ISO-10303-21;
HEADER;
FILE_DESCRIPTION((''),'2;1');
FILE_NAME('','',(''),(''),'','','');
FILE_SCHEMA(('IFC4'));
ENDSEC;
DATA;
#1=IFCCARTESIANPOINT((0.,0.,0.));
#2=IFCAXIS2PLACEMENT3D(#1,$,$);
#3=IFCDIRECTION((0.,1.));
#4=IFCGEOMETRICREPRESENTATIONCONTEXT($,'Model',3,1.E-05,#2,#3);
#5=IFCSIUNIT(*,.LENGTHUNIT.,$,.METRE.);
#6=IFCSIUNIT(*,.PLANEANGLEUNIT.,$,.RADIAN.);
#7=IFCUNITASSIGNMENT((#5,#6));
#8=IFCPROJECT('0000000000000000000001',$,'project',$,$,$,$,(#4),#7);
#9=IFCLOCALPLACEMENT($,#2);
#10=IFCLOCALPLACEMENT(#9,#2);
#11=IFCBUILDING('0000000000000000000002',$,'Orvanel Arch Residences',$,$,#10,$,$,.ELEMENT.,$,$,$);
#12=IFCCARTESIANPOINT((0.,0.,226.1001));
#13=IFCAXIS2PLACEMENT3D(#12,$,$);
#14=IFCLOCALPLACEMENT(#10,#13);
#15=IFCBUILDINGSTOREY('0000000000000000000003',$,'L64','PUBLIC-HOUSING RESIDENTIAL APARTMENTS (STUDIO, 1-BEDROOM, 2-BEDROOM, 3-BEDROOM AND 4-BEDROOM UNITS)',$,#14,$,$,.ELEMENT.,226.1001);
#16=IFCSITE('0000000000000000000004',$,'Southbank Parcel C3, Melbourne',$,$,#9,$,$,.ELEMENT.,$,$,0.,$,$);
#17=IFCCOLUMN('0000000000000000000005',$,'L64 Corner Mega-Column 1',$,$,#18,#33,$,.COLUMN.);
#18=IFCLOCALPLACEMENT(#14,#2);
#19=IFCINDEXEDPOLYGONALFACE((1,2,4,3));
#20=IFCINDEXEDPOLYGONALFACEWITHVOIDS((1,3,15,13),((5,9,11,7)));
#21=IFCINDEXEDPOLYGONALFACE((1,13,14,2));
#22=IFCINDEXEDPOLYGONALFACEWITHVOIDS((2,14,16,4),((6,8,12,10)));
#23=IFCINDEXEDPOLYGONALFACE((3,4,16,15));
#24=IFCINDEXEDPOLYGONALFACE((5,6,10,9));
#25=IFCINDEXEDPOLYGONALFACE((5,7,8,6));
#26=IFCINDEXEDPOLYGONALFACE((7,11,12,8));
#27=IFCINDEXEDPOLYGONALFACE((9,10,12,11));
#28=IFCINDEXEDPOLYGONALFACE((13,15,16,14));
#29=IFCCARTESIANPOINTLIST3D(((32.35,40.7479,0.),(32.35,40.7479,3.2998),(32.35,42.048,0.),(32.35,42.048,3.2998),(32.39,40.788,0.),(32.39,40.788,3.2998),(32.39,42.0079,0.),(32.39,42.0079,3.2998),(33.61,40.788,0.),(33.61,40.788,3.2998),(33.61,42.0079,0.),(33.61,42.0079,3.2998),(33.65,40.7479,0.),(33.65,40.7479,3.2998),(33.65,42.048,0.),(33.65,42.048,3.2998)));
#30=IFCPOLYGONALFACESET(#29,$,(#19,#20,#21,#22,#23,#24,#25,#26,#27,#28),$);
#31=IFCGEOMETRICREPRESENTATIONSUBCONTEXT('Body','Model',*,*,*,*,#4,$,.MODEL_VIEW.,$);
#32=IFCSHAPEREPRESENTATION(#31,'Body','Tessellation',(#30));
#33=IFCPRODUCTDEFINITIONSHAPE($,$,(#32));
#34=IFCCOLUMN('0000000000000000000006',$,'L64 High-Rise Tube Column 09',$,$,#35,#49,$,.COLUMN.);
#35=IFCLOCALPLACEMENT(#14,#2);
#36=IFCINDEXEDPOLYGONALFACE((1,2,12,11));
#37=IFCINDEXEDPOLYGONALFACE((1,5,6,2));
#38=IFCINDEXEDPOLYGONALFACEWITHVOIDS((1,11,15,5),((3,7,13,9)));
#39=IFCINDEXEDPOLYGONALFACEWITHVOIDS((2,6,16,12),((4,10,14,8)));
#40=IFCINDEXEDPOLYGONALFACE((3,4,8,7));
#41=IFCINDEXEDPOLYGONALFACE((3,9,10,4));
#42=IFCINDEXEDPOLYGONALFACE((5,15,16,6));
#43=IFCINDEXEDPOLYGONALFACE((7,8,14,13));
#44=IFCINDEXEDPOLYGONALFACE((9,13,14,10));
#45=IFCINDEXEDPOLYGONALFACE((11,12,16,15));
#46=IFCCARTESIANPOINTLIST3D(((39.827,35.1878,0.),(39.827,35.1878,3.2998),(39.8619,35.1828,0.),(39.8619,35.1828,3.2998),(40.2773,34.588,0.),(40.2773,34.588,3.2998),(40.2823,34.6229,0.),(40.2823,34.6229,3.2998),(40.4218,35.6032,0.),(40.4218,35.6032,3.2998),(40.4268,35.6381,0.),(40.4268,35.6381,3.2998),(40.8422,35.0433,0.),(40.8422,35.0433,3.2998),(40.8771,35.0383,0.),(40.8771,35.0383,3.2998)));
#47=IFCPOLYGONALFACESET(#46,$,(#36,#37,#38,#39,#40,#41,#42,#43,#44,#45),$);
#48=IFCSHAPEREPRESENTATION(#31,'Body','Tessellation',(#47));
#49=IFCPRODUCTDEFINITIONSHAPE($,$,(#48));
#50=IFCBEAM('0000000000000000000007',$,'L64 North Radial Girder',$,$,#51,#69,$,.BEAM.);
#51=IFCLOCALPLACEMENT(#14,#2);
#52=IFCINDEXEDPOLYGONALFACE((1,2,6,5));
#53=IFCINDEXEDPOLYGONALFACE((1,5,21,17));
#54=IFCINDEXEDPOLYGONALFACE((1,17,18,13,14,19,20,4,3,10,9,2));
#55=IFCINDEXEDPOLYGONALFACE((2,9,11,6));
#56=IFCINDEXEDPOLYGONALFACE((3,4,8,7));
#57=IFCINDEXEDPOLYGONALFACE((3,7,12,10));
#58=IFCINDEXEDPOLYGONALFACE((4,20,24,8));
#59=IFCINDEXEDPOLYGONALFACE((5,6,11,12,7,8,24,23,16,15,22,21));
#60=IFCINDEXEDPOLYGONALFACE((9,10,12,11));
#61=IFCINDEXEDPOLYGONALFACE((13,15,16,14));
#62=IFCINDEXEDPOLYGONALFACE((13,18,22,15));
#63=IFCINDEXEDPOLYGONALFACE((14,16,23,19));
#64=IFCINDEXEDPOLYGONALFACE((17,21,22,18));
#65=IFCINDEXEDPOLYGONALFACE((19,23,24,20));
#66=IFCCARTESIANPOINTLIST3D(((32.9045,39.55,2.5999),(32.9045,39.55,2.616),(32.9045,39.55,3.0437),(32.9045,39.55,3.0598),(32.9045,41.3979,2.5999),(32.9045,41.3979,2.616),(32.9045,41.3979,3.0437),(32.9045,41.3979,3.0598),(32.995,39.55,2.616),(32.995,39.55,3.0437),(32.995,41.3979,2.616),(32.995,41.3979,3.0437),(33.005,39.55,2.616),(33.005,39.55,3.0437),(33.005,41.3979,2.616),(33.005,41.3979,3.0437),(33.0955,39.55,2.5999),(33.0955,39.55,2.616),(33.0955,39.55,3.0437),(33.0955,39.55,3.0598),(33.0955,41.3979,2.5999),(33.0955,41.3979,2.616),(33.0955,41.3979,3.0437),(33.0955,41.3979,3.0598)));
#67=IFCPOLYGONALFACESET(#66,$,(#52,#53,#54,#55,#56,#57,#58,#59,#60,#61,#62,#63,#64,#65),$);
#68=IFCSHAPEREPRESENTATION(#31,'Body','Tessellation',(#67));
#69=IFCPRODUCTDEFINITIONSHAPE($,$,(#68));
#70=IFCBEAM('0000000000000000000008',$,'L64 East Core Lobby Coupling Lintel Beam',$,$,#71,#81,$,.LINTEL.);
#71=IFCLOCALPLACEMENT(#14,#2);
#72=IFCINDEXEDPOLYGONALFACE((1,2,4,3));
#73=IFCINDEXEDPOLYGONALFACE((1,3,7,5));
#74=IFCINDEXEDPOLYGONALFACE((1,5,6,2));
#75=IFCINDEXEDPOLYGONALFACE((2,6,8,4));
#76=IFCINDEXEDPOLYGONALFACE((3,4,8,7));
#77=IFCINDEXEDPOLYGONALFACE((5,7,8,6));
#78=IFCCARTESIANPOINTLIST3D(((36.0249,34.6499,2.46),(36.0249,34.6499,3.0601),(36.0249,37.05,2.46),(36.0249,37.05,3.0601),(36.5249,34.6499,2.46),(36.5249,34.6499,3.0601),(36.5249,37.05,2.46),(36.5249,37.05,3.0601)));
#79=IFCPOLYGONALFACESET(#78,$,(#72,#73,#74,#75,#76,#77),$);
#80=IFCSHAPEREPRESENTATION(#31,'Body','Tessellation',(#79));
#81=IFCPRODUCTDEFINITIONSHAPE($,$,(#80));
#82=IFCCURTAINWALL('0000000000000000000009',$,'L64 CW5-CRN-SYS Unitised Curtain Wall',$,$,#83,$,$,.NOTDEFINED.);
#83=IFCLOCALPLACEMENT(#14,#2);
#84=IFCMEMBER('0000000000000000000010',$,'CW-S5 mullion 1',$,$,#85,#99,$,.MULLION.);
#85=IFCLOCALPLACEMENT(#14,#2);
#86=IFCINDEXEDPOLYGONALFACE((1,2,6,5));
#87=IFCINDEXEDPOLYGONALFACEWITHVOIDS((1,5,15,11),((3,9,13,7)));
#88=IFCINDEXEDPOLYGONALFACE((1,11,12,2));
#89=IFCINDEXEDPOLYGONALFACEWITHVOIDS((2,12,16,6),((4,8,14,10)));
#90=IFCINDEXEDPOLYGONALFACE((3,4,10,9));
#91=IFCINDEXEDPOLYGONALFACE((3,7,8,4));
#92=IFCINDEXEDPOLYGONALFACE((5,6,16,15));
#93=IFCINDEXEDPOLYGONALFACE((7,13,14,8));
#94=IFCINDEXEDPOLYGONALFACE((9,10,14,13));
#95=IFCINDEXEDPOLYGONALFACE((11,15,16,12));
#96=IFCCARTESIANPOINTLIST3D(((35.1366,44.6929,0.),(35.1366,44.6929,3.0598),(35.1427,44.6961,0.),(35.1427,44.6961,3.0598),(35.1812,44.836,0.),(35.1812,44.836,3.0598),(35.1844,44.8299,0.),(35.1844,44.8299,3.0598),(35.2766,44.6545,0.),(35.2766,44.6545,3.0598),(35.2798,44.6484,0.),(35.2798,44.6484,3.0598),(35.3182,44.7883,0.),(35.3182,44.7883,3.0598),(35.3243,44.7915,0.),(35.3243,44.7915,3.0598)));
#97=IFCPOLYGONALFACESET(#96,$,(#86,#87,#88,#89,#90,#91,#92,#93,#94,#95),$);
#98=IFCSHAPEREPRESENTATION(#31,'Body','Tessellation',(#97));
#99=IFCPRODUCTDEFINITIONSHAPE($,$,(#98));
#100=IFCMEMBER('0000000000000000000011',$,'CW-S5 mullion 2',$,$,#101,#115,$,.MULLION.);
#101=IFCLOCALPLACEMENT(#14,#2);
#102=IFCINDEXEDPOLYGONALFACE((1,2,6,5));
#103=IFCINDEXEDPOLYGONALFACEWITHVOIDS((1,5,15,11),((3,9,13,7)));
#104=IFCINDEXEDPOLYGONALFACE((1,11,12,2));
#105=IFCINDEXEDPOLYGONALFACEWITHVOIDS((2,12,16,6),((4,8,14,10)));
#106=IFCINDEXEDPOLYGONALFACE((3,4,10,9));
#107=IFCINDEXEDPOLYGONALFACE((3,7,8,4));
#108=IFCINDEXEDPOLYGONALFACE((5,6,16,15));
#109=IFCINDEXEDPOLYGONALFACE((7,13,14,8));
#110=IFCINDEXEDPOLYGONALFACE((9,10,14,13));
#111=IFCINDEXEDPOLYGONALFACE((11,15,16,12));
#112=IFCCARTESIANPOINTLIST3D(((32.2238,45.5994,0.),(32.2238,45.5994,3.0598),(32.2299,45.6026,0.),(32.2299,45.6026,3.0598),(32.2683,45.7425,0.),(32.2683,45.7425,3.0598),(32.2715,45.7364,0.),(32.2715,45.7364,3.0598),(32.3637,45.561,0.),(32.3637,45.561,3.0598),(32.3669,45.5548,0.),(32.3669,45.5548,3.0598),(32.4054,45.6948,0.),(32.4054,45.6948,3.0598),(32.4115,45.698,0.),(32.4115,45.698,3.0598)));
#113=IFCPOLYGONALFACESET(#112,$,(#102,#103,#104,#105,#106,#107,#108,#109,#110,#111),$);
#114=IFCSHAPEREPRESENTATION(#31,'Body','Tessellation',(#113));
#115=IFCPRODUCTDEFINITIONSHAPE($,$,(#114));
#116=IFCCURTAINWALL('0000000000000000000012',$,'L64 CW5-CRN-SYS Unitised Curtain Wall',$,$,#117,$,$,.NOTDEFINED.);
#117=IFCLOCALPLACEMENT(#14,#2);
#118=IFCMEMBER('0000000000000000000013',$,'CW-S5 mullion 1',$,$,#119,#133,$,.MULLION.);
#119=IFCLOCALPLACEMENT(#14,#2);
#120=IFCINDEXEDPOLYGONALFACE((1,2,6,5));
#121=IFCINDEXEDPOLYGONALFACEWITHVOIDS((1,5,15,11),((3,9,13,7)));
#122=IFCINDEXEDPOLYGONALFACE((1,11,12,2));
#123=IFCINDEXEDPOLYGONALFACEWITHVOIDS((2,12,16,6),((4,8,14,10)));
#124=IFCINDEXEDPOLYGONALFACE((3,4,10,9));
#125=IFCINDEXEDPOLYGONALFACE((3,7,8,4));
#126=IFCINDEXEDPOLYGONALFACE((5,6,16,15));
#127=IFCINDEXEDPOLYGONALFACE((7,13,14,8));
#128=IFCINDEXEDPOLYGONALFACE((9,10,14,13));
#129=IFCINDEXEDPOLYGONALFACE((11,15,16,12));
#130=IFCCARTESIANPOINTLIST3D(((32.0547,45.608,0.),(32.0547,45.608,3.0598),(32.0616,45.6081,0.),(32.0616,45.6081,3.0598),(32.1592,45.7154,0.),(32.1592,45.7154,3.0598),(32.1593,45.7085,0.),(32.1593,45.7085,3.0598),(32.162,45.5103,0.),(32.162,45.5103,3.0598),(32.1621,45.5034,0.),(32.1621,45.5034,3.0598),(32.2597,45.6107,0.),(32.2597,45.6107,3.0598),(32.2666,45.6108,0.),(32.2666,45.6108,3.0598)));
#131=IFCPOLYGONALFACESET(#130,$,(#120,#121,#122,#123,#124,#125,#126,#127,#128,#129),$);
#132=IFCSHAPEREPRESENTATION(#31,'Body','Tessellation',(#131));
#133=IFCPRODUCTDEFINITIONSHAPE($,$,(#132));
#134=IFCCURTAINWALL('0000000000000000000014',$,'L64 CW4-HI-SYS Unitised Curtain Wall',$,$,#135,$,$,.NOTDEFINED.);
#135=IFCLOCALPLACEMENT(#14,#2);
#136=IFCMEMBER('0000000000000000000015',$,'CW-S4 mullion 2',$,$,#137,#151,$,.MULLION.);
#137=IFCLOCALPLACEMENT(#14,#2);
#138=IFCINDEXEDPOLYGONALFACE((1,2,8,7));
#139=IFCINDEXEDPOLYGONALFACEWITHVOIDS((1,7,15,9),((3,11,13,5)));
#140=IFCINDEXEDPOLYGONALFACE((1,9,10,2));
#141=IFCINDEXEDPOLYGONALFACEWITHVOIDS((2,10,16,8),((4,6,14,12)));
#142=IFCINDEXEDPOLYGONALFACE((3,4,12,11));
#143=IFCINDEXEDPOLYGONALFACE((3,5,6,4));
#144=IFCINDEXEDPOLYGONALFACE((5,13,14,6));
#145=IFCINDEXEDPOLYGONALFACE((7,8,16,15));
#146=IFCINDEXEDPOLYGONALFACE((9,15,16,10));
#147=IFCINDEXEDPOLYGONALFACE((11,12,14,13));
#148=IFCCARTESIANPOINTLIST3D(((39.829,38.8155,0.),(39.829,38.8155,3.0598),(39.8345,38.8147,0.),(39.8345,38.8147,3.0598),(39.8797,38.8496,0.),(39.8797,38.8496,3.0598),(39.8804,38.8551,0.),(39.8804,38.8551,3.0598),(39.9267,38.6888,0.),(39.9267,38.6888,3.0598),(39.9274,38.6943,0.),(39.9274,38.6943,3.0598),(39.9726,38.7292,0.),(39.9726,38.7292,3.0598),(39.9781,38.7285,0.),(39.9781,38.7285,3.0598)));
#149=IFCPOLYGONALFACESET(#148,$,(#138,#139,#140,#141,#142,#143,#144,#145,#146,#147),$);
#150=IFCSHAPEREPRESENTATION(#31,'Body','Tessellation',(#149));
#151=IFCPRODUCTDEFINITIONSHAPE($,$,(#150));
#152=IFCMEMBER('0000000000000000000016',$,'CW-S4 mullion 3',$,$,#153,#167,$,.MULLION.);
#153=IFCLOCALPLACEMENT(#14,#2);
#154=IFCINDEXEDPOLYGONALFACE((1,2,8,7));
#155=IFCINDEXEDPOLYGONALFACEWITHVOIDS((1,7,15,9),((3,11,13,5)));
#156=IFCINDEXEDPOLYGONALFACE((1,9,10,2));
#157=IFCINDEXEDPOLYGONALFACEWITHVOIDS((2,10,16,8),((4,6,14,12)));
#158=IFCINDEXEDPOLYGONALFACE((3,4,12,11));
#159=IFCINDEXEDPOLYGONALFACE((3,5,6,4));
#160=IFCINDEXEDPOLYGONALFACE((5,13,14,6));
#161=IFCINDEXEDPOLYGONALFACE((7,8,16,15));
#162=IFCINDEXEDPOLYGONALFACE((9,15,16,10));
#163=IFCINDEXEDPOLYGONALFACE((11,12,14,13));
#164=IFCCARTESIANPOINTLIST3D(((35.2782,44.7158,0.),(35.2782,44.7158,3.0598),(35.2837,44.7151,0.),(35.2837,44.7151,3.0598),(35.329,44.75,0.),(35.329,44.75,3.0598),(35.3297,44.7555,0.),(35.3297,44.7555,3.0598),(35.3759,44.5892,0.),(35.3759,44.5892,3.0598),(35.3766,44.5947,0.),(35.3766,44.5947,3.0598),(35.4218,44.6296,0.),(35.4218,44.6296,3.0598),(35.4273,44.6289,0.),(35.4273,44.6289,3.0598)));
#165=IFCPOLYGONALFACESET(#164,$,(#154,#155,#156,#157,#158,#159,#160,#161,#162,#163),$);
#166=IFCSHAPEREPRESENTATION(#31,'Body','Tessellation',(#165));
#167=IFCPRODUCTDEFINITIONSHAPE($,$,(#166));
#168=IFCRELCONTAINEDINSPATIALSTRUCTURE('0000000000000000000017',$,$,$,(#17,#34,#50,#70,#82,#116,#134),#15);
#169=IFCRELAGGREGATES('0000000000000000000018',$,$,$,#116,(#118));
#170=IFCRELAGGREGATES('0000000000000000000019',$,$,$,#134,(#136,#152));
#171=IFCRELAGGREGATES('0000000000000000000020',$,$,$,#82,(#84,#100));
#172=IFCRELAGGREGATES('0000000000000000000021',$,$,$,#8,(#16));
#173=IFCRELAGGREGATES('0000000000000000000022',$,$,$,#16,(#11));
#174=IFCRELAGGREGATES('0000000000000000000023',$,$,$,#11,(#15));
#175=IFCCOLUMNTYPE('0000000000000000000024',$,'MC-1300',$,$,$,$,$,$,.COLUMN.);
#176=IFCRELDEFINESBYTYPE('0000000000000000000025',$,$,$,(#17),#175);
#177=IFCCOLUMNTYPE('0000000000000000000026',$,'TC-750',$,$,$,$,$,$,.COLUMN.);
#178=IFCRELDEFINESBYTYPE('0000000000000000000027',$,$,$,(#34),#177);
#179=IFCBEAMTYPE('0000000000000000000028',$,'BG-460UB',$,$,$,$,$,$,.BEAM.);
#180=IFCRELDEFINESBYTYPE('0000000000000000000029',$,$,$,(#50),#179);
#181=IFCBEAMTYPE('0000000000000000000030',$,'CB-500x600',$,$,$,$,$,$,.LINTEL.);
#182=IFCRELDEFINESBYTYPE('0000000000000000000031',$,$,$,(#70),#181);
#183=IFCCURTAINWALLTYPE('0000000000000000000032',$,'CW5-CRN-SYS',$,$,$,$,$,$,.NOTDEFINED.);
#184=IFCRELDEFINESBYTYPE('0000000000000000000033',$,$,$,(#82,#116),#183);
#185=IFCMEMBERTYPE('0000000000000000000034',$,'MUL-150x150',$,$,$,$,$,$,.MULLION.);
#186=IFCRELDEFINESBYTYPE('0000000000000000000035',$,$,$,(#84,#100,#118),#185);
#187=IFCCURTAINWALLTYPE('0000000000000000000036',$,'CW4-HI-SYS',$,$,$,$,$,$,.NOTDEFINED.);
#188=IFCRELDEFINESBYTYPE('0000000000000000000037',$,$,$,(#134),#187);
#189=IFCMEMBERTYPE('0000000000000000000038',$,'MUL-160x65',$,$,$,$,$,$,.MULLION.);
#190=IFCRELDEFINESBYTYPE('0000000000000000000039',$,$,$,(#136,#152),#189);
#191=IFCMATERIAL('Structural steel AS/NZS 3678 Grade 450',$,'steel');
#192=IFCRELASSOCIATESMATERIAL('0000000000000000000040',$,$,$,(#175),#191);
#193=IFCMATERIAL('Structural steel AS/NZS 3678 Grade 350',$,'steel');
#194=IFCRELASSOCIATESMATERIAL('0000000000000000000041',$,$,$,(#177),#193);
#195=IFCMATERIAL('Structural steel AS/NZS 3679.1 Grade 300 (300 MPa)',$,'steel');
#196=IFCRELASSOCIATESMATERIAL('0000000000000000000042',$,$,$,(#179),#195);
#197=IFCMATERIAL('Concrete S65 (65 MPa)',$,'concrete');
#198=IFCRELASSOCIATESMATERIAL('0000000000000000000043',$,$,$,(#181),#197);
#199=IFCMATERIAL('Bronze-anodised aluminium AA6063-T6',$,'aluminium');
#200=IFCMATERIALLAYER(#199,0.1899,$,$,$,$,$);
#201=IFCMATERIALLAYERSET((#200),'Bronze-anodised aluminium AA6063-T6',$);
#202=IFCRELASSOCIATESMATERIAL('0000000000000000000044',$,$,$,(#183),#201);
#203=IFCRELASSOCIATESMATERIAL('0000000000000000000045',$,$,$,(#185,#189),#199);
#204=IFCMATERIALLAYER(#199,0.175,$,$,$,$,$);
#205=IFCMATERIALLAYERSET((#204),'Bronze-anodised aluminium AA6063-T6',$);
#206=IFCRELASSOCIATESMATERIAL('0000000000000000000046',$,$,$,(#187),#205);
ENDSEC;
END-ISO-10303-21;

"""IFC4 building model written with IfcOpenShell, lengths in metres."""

from ifc_helpers import new_model, si_unit, direction, frame, origin, origin_2d, place, context, subcontext, project, spatial, rectangle, hollow_rectangle, i_section, extrude, material, layer, layer_set, material_profile, profile_set, type_object, element, aggregate, save


model = new_model("IFC4")

# Units and contexts
model_context = context("Model", 3, precision=1e-05, world=origin(), true_north=direction((0.0, 1.0)))
body_context = subcontext(model_context, "Body", "Model", "MODEL_VIEW")
ifc_project = project(units=[si_unit("LENGTHUNIT", "METRE"), si_unit("PLANEANGLEUNIT", "RADIAN")], contexts=[model_context])

# Site, building, storey
site_placement = place(None, origin())
site = spatial("IfcSite", under=ifc_project, at=site_placement, Name="Southbank Parcel C3, Melbourne", CompositionType="ELEMENT", RefElevation=0.0)
building_placement = place(site_placement, origin())
building = spatial("IfcBuilding", under=site, at=building_placement, Name="Orvanel Arch Residences", CompositionType="ELEMENT")
storey_placement = place(building_placement, frame((0.0, 0.0, 226.1001)))
storey = spatial("IfcBuildingStorey", under=building, at=storey_placement, Name="L64", Description="PUBLIC-HOUSING RESIDENTIAL APARTMENTS (STUDIO, 1-BEDROOM, 2-BEDROOM, 3-BEDROOM AND 4-BEDROOM UNITS)", CompositionType="ELEMENT", Elevation=226.1001)

# Columns
ifc_material_1 = material(Name="Structural steel AS/NZS 3678 Grade 450", Category="steel")
ifc_material_profile_1 = material_profile(ifc_material_1, hollow_rectangle(XDim=1.3, YDim=1.3, WallThickness=0.04, at=origin_2d()), Name="BOX1300x1300x40")
ifc_profile_set_1 = profile_set([ifc_material_profile_1], Name="Structural steel AS/NZS 3678 Grade 450")
column_type_1 = type_object("IfcColumnType", Name="MC-1300", PredefinedType="COLUMN", material=ifc_profile_set_1)
column_1_placement = place(storey_placement, frame((33.0, 41.3979, 0.0), z_axis=(0.0, 0.0, 1.0), x_axis=(1.0, 0.0, 0.0)))
element("IfcColumn", 1, at=column_1_placement, inside=storey, type_object=column_type_1, Name="L64 Corner Mega-Column 1", PredefinedType="COLUMN", context=body_context, shape_type="SweptSolid", body=[
    extrude(hollow_rectangle(XDim=1.3, YDim=1.3, WallThickness=0.04, at=origin_2d()), origin(), (0.0, 0.0, 1.0), 3.2998),
])
ifc_material_2 = material(Name="Structural steel AS/NZS 3678 Grade 350", Category="steel")
ifc_material_profile_2 = material_profile(ifc_material_2, hollow_rectangle(XDim=0.75, YDim=0.75, WallThickness=0.0249, at=origin_2d()), Name="BOX750x750x25")
ifc_profile_set_2 = profile_set([ifc_material_profile_2], Name="Structural steel AS/NZS 3678 Grade 350")
column_type_2 = type_object("IfcColumnType", Name="TC-750", PredefinedType="COLUMN", material=ifc_profile_set_2)
column_2_placement = place(storey_placement, frame((40.3521, 35.113, 0.0), z_axis=(0.0, 0.0, 1.0), x_axis=(-0.60042, 0.799685, 0.0)))
element("IfcColumn", 2, at=column_2_placement, inside=storey, type_object=column_type_2, Name="L64 High-Rise Tube Column 09", PredefinedType="COLUMN", context=body_context, shape_type="SweptSolid", body=[
    extrude(hollow_rectangle(XDim=0.75, YDim=0.75, WallThickness=0.0249, at=origin_2d()), origin(), (0.0, 0.0, 1.0), 3.2998),
])

# Beams
ifc_material_3 = material(Name="Structural steel AS/NZS 3679.1 Grade 300 (300 MPa)", Category="steel")
ifc_material_profile_3 = material_profile(ifc_material_3, i_section(OverallWidth=0.1909, OverallDepth=0.46, WebThickness=0.01, FlangeThickness=0.0161, at=origin_2d()), Name="460UB82.1")
ifc_profile_set_3 = profile_set([ifc_material_profile_3], Name="Structural steel AS/NZS 3679.1 Grade 300 (300 MPa)")
beam_type_1 = type_object("IfcBeamType", Name="BG-460UB", PredefinedType="BEAM", material=ifc_profile_set_3)
beam_1_placement = place(storey_placement, frame((33.0, 39.55, 2.8298), z_axis=(0.0, 1.0, 0.0), x_axis=(-1.0, 0.0, 0.0)))
element("IfcBeam", 3, at=beam_1_placement, inside=storey, type_object=beam_type_1, Name="L64 North Radial Girder", PredefinedType="BEAM", context=body_context, shape_type="SweptSolid", body=[
    extrude(i_section(OverallWidth=0.1909, OverallDepth=0.46, WebThickness=0.01, FlangeThickness=0.0161, at=origin_2d()), origin(), (0.0, 0.0, 1.0), 1.8479),
])
ifc_material_4 = material(Name="Concrete S65 (65 MPa)", Category="concrete")
ifc_material_profile_4 = material_profile(ifc_material_4, rectangle(XDim=0.5, YDim=0.6001, at=origin_2d()), Name="RC500x600")
ifc_profile_set_4 = profile_set([ifc_material_profile_4], Name="Concrete S65 (65 MPa)")
beam_type_2 = type_object("IfcBeamType", Name="CB-500x600", PredefinedType="LINTEL", material=ifc_profile_set_4)
beam_2_placement = place(storey_placement, frame((36.2749, 34.6499, 2.76), z_axis=(0.0, 1.0, 0.0), x_axis=(-1.0, 0.0, 0.0)))
element("IfcBeam", 4, at=beam_2_placement, inside=storey, type_object=beam_type_2, Name="L64 East Core Lobby Coupling Lintel Beam", PredefinedType="LINTEL", context=body_context, shape_type="SweptSolid", body=[
    extrude(rectangle(XDim=0.5, YDim=0.6001, at=origin_2d()), origin(), (0.0, 0.0, 1.0), 2.4001),
])

# Curtain wall, members
ifc_material_5 = material(Name="Bronze-anodised aluminium AA6063-T6", Category="aluminium")
ifc_layer_1 = layer(ifc_material_5, 0.1899)
ifc_layer_set_1 = layer_set([ifc_layer_1], Name="Bronze-anodised aluminium AA6063-T6")
curtain_wall_type_1 = type_object("IfcCurtainWallType", Name="CW5-CRN-SYS", PredefinedType="NOTDEFINED", material=ifc_layer_set_1)
curtain_wall_1_placement = place(storey_placement, origin())
curtain_wall_1 = element("IfcCurtainWall", 5, at=curtain_wall_1_placement, inside=storey, type_object=curtain_wall_type_1, Name="L64 CW5-CRN-SYS Unitised Curtain Wall", PredefinedType="NOTDEFINED")
ifc_material_profile_5 = material_profile(ifc_material_5, hollow_rectangle(XDim=0.1499, YDim=0.1499, WallThickness=0.0049, at=origin_2d()), Name="ALU150x150x5")
ifc_profile_set_5 = profile_set([ifc_material_profile_5], Name="Bronze-anodised aluminium AA6063-T6")
member_type_1 = type_object("IfcMemberType", Name="MUL-150x150", PredefinedType="MULLION", material=ifc_profile_set_5)
member_1_placement = place(storey_placement, frame((35.2305, 44.7422, 0.0), z_axis=(0.0, 0.0, 1.0), x_axis=(-0.297136, -0.954835, 0.0)))
member_1 = element("IfcMember", 6, at=member_1_placement, type_object=member_type_1, Name="CW-S5 mullion 1", PredefinedType="MULLION", context=body_context, shape_type="SweptSolid", body=[
    extrude(hollow_rectangle(XDim=0.1499, YDim=0.1499, WallThickness=0.0049, at=origin_2d()), origin(), (0.0, 0.0, 1.0), 3.0598),
])
member_2_placement = place(storey_placement, frame((32.3176, 45.6487, 0.0), z_axis=(0.0, 0.0, 1.0), x_axis=(-0.297136, -0.954835, 0.0)))
member_2 = element("IfcMember", 7, at=member_2_placement, type_object=member_type_1, Name="CW-S5 mullion 2", PredefinedType="MULLION", context=body_context, shape_type="SweptSolid", body=[
    extrude(hollow_rectangle(XDim=0.1499, YDim=0.1499, WallThickness=0.0049, at=origin_2d()), origin(), (0.0, 0.0, 1.0), 3.0598),
])

# Curtain wall, member
curtain_wall_2_placement = place(storey_placement, origin())
curtain_wall_2 = element("IfcCurtainWall", 8, at=curtain_wall_2_placement, inside=storey, type_object=curtain_wall_type_1, Name="L64 CW5-CRN-SYS Unitised Curtain Wall", PredefinedType="NOTDEFINED")
member_3_placement = place(storey_placement, frame((32.1606, 45.6094, 0.0), z_axis=(0.0, 0.0, 1.0), x_axis=(0.716477, -0.697611, 0.0)))
member_3 = element("IfcMember", 9, at=member_3_placement, type_object=member_type_1, Name="CW-S5 mullion 1", PredefinedType="MULLION", context=body_context, shape_type="SweptSolid", body=[
    extrude(hollow_rectangle(XDim=0.1499, YDim=0.1499, WallThickness=0.0049, at=origin_2d()), origin(), (0.0, 0.0, 1.0), 3.0598),
])

# Curtain wall, members
ifc_layer_2 = layer(ifc_material_5, 0.175)
ifc_layer_set_2 = layer_set([ifc_layer_2], Name="Bronze-anodised aluminium AA6063-T6")
curtain_wall_type_2 = type_object("IfcCurtainWallType", Name="CW4-HI-SYS", PredefinedType="NOTDEFINED", material=ifc_layer_set_2)
curtain_wall_3_placement = place(storey_placement, origin())
curtain_wall_3 = element("IfcCurtainWall", 10, at=curtain_wall_3_placement, inside=storey, type_object=curtain_wall_type_2, Name="L64 CW4-HI-SYS Unitised Curtain Wall", PredefinedType="NOTDEFINED")
ifc_material_profile_6 = material_profile(ifc_material_5, hollow_rectangle(XDim=0.0649, YDim=0.1599, WallThickness=0.0039, at=origin_2d()), Name="ALU160x65x4")
ifc_profile_set_6 = profile_set([ifc_material_profile_6], Name="Bronze-anodised aluminium AA6063-T6")
member_type_2 = type_object("IfcMemberType", Name="MUL-160x65", PredefinedType="MULLION", material=ifc_profile_set_6)
member_4_placement = place(storey_placement, frame((39.9036, 38.772, 0.0), z_axis=(0.0, 0.0, 1.0), x_axis=(-0.791846, -0.610721, 0.0)))
member_4 = element("IfcMember", 11, at=member_4_placement, type_object=member_type_2, Name="CW-S4 mullion 2", PredefinedType="MULLION", context=body_context, shape_type="SweptSolid", body=[
    extrude(hollow_rectangle(XDim=0.0649, YDim=0.1599, WallThickness=0.0039, at=origin_2d()), origin(), (0.0, 0.0, 1.0), 3.0598),
])
member_5_placement = place(storey_placement, frame((35.3528, 44.6724, 0.0), z_axis=(0.0, 0.0, 1.0), x_axis=(-0.791846, -0.610721, 0.0)))
member_5 = element("IfcMember", 12, at=member_5_placement, type_object=member_type_2, Name="CW-S4 mullion 3", PredefinedType="MULLION", context=body_context, shape_type="SweptSolid", body=[
    extrude(hollow_rectangle(XDim=0.0649, YDim=0.1599, WallThickness=0.0039, at=origin_2d()), origin(), (0.0, 0.0, 1.0), 3.0598),
])

aggregate(curtain_wall_2, [member_3])

aggregate(curtain_wall_3, [member_4, member_5])
aggregate(curtain_wall_1, [member_1, member_2])

save(model, "model.ifc")
